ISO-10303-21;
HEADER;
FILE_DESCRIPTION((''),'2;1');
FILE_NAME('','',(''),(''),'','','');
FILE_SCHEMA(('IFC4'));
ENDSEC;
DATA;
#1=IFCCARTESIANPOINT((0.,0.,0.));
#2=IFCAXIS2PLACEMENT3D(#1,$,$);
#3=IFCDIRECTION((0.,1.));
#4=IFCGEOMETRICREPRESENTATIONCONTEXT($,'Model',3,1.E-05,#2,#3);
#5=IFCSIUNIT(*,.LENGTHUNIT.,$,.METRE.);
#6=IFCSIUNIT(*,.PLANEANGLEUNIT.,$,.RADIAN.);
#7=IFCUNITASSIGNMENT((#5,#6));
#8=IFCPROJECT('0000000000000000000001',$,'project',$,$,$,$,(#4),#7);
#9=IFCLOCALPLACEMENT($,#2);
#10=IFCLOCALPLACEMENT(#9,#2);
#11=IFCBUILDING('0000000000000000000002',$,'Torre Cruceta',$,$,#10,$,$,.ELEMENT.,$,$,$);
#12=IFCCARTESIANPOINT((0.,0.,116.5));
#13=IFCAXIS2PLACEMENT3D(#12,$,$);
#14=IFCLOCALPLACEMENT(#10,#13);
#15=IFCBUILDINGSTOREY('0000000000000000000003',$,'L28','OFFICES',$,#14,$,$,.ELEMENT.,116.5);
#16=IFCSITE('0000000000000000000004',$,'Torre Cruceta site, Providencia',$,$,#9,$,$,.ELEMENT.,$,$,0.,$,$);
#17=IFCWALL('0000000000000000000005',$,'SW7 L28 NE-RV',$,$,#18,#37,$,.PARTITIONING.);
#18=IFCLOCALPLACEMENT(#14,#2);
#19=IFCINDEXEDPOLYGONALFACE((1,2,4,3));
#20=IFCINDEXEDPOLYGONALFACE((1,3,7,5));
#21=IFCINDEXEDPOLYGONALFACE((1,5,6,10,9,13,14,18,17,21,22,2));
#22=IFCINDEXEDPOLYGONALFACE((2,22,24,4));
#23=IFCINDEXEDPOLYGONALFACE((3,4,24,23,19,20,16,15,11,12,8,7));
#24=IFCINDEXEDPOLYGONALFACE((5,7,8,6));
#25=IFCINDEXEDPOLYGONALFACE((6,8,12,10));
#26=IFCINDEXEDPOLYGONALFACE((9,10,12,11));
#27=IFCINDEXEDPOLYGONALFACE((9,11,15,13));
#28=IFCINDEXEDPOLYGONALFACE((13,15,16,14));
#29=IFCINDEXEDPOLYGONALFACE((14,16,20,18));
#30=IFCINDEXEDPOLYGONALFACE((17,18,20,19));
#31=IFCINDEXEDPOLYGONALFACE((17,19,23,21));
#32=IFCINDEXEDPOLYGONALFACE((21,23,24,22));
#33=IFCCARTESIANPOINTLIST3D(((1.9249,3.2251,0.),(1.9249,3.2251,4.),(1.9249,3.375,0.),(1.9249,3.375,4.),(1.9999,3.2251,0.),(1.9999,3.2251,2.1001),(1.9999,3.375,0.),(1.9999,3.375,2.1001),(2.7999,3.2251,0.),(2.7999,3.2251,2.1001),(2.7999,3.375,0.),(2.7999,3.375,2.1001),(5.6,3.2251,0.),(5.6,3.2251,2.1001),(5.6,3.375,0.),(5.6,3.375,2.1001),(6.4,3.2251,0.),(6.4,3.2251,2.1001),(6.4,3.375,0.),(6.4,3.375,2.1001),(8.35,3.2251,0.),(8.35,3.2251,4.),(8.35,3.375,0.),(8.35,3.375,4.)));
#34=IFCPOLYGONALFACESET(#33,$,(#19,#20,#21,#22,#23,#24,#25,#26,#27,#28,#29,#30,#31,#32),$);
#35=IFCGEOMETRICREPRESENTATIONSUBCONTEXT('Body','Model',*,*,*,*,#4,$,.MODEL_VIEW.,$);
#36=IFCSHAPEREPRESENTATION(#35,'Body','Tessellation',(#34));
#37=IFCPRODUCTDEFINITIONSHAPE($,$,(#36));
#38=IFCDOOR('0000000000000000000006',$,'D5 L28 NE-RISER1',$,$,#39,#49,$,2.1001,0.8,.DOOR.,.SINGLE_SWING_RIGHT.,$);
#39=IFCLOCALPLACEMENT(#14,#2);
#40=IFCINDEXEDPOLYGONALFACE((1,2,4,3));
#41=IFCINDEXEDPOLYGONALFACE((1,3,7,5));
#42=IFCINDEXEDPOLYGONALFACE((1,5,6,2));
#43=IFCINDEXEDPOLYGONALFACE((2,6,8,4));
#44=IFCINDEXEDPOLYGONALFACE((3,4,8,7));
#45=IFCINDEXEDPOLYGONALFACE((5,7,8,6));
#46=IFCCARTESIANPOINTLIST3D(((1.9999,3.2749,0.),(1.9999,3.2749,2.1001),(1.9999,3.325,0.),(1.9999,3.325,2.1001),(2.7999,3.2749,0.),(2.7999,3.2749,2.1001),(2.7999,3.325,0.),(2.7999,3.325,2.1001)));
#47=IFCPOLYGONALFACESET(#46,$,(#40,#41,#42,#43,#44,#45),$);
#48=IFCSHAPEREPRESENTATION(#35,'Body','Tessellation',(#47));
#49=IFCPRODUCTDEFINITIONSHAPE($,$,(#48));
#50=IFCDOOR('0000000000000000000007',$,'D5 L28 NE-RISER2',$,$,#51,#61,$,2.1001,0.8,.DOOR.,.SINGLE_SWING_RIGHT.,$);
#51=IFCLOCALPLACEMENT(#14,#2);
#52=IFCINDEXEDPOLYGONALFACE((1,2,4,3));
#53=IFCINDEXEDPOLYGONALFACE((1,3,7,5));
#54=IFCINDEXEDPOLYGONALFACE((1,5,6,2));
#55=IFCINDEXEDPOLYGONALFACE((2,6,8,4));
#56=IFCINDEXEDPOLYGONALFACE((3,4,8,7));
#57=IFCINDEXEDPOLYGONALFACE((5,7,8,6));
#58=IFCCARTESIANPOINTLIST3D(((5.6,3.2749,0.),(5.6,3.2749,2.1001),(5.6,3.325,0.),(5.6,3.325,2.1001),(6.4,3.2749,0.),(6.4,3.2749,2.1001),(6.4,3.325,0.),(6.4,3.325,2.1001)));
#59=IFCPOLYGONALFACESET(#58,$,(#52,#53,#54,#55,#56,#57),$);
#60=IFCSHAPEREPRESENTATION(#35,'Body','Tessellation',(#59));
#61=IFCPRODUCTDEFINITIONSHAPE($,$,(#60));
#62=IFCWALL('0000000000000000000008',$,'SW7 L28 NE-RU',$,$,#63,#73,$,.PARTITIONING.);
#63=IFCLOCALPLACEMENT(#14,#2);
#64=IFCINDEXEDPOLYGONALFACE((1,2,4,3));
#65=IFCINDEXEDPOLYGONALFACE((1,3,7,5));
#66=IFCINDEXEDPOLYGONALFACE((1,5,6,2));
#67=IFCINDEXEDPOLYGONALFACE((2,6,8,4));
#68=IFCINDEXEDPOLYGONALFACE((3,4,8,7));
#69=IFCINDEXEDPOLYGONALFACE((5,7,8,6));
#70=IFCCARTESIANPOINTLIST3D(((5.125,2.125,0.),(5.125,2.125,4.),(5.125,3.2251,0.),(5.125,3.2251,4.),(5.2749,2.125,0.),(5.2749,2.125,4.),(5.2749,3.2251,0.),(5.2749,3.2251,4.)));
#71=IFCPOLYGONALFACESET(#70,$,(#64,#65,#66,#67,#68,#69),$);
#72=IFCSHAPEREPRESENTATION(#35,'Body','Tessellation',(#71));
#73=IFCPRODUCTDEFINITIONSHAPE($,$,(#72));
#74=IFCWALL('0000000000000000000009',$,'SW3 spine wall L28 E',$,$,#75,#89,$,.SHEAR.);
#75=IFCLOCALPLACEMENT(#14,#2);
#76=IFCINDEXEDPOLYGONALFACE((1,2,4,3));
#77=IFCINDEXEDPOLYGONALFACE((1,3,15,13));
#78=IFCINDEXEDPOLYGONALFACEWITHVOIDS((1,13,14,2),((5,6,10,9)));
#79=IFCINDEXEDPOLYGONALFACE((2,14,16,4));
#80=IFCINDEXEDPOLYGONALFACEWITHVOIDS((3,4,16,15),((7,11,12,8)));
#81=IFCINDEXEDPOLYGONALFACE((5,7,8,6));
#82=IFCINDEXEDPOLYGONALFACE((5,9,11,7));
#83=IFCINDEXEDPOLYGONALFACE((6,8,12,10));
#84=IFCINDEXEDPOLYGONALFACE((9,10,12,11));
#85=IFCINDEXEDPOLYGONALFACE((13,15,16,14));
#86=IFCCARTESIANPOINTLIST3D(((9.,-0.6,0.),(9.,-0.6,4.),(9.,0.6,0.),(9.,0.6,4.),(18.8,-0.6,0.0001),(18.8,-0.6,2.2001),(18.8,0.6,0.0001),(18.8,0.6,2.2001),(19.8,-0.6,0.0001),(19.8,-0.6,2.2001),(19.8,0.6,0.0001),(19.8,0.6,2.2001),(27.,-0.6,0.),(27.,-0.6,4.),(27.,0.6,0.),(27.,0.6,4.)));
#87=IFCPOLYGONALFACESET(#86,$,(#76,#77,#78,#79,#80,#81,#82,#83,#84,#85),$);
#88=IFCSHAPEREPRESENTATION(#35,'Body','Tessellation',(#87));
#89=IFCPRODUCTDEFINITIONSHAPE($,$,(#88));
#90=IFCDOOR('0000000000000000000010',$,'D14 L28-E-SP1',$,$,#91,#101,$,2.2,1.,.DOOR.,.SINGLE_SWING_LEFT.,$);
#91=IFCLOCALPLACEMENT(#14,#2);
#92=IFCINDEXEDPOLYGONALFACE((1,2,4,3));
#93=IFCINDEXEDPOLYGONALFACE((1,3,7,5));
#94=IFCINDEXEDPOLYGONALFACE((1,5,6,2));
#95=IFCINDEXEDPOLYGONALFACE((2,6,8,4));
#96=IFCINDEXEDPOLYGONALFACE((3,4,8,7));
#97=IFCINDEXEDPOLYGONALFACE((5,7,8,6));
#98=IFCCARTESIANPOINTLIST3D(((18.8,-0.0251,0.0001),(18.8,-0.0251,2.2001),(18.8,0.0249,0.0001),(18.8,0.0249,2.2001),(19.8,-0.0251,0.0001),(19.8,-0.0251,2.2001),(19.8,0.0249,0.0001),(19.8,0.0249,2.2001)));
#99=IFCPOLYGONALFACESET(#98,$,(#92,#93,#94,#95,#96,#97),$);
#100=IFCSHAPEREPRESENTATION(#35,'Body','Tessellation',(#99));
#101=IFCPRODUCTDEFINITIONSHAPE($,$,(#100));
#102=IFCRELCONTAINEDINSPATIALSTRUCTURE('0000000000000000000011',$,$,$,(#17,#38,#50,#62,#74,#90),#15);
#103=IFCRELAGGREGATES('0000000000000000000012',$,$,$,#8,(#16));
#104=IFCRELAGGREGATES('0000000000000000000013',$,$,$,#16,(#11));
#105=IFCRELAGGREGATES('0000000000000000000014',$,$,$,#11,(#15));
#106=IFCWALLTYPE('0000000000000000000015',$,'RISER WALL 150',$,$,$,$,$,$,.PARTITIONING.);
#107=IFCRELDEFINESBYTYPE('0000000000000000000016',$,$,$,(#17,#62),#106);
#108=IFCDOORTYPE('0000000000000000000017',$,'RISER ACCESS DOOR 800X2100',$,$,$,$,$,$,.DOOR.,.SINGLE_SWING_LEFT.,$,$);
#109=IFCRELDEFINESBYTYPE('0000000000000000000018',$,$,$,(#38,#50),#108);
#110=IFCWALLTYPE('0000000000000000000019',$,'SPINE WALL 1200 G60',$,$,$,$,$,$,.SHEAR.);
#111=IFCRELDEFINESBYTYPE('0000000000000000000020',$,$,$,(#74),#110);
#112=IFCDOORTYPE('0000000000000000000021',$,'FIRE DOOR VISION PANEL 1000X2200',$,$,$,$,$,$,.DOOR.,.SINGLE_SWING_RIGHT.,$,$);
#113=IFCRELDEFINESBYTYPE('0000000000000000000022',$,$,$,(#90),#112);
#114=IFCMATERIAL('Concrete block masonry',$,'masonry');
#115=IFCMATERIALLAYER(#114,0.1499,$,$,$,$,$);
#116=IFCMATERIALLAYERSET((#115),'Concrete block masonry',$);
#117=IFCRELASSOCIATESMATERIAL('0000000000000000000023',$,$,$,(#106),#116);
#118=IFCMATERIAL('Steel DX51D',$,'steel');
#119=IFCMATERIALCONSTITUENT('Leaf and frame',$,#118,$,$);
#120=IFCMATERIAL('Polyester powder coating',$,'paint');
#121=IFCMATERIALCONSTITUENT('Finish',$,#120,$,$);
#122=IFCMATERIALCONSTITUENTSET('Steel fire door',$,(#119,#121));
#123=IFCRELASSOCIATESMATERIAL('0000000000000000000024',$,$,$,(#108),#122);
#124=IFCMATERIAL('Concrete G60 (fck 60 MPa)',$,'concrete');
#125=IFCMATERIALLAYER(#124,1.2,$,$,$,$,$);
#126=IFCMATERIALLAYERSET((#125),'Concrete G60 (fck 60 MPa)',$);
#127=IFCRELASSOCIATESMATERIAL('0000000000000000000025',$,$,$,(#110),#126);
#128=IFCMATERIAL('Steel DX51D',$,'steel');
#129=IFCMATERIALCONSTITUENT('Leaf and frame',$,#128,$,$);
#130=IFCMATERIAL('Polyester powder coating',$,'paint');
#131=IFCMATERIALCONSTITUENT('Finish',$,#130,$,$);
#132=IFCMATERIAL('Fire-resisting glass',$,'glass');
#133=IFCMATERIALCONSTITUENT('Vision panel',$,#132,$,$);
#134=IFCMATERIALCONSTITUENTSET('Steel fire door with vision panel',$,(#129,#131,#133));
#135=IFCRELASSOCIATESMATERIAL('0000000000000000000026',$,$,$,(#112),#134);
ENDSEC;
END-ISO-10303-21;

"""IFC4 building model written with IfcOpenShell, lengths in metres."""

from ifc_helpers import new_model, si_unit, direction, frame, frame_2d, origin, place, context, subcontext, project, spatial, rectangle, extrude, material, layer, layer_set, constituent, constituent_set, type_object, element, fill, save


model = new_model("IFC4")

# Units and contexts
model_context = context("Model", 3, precision=1e-05, world=origin(), true_north=direction((0.0, 1.0)))
body_context = subcontext(model_context, "Body", "Model", "MODEL_VIEW")
ifc_project = project(units=[si_unit("LENGTHUNIT", "METRE"), si_unit("PLANEANGLEUNIT", "RADIAN")], contexts=[model_context])

# Site, building, storey
site_placement = place(None, origin())
site = spatial("IfcSite", under=ifc_project, at=site_placement, Name="Torre Cruceta site, Providencia", CompositionType="ELEMENT", RefElevation=0.0)
building_placement = place(site_placement, origin())
building = spatial("IfcBuilding", under=site, at=building_placement, Name="Torre Cruceta", CompositionType="ELEMENT")
storey_placement = place(building_placement, frame((0.0, 0.0, 116.5)))
storey = spatial("IfcBuildingStorey", under=building, at=storey_placement, Name="L28", Description="OFFICES", CompositionType="ELEMENT", Elevation=116.5)

# Wall, openings, doors
ifc_material_1 = material(Name="Concrete block masonry", Category="masonry")
ifc_layer_1 = layer(ifc_material_1, 0.1499)
ifc_layer_set_1 = layer_set([ifc_layer_1], Name="Concrete block masonry")
wall_type_1 = type_object("IfcWallType", Name="RISER WALL 150", PredefinedType="PARTITIONING", material=ifc_layer_set_1)
wall_1_placement = place(storey_placement, frame((1.925, 3.3, 0.0), z_axis=(0.0, 0.0, 1.0), x_axis=(1.0, 0.0, 0.0)))
wall_1 = element("IfcWall", 1, at=wall_1_placement, inside=storey, type_object=wall_type_1, Name="SW7 L28 NE-RV", PredefinedType="PARTITIONING", context=body_context, shape_type="SweptSolid", body=[
    extrude(rectangle(XDim=6.425, YDim=0.1499, at=frame_2d((3.2124, 0.0))), origin(), (0.0, 0.0, 1.0), 4.0),
])
opening_1_placement = place(wall_1_placement, frame((0.075, 0.0, 0.0)))
opening_1 = element("IfcOpeningElement", 2, at=opening_1_placement, cuts=wall_1, PredefinedType="OPENING", context=body_context, shape_type="SweptSolid", body=[
    extrude(rectangle(XDim=0.8, YDim=2.1001, at=frame_2d((0.3999, 1.05))), frame((0.0, 0.085, 0.0), z_axis=(0.0, -1.0, 0.0), x_axis=(1.0, 0.0, 0.0)), (0.0, 0.0, 1.0), 0.1699),
])
opening_2_placement = place(wall_1_placement, frame((3.675, 0.0, 0.0)))
opening_2 = element("IfcOpeningElement", 3, at=opening_2_placement, cuts=wall_1, PredefinedType="OPENING", context=body_context, shape_type="SweptSolid", body=[
    extrude(rectangle(XDim=0.8, YDim=2.1001, at=frame_2d((0.3999, 1.05))), frame((0.0, 0.085, 0.0), z_axis=(0.0, -1.0, 0.0), x_axis=(1.0, 0.0, 0.0)), (0.0, 0.0, 1.0), 0.1699),
])
ifc_material_2 = material(Name="Steel DX51D", Category="steel")
ifc_constituent_1 = constituent(ifc_material_2, Name="Leaf and frame")
ifc_material_3 = material(Name="Polyester powder coating", Category="paint")
ifc_constituent_2 = constituent(ifc_material_3, Name="Finish")
ifc_constituent_set_1 = constituent_set(constituents=[ifc_constituent_1, ifc_constituent_2], Name="Steel fire door")
door_type_1 = type_object("IfcDoorType", Name="RISER ACCESS DOOR 800X2100", OperationType="SINGLE_SWING_LEFT", PredefinedType="DOOR", material=ifc_constituent_set_1)
door_1_placement = place(opening_1_placement, frame((0.8, 0.0, 0.0), z_axis=(0.0, 0.0, 1.0), x_axis=(-1.0, 0.0, 0.0)))
door_1 = element("IfcDoor", 4, at=door_1_placement, inside=storey, type_object=door_type_1, Name="D5 L28 NE-RISER1", OperationType="SINGLE_SWING_RIGHT", OverallHeight=2.1001, OverallWidth=0.8, PredefinedType="DOOR", context=body_context, shape_type="SweptSolid", body=[
    extrude(rectangle(XDim=0.8, YDim=2.1001, at=frame_2d((0.4001, 1.05))), frame((0.0, 0.0251, 0.0), z_axis=(0.0, -1.0, 0.0), x_axis=(1.0, 0.0, 0.0)), (0.0, 0.0, 1.0), 0.05),
])
fill(opening_1, door_1)
door_2_placement = place(opening_2_placement, frame((0.8, 0.0, 0.0), z_axis=(0.0, 0.0, 1.0), x_axis=(-1.0, 0.0, 0.0)))
door_2 = element("IfcDoor", 5, at=door_2_placement, inside=storey, type_object=door_type_1, Name="D5 L28 NE-RISER2", OperationType="SINGLE_SWING_RIGHT", OverallHeight=2.1001, OverallWidth=0.8, PredefinedType="DOOR", context=body_context, shape_type="SweptSolid", body=[
    extrude(rectangle(XDim=0.8, YDim=2.1001, at=frame_2d((0.4001, 1.05))), frame((0.0, 0.0251, 0.0), z_axis=(0.0, -1.0, 0.0), x_axis=(1.0, 0.0, 0.0)), (0.0, 0.0, 1.0), 0.05),
])
fill(opening_2, door_2)

# Wall
wall_2_placement = place(storey_placement, frame((5.2, 2.125, 0.0), z_axis=(0.0, 0.0, 1.0), x_axis=(0.0, 1.0, 0.0)))
element("IfcWall", 6, at=wall_2_placement, inside=storey, type_object=wall_type_1, Name="SW7 L28 NE-RU", PredefinedType="PARTITIONING", context=body_context, shape_type="SweptSolid", body=[
    extrude(rectangle(XDim=1.1001, YDim=0.1499, at=frame_2d((0.55, 0.0))), origin(), (0.0, 0.0, 1.0), 4.0),
])

# Wall, opening, door
ifc_material_4 = material(Name="Concrete G60 (fck 60 MPa)", Category="concrete")
ifc_layer_2 = layer(ifc_material_4, 1.2)
ifc_layer_set_2 = layer_set([ifc_layer_2], Name="Concrete G60 (fck 60 MPa)")
wall_type_2 = type_object("IfcWallType", Name="SPINE WALL 1200 G60", PredefinedType="SHEAR", material=ifc_layer_set_2)
wall_3_placement = place(storey_placement, frame((9.0, 0.0, 0.0), z_axis=(0.0, 0.0, 1.0), x_axis=(1.0, 0.0, 0.0)))
wall_3 = element("IfcWall", 7, at=wall_3_placement, inside=storey, type_object=wall_type_2, Name="SW3 spine wall L28 E", PredefinedType="SHEAR", context=body_context, shape_type="SweptSolid", body=[
    extrude(rectangle(XDim=18.0, YDim=1.2, at=frame_2d((9.0, 0.0))), origin(), (0.0, 0.0, 1.0), 4.0),
])
opening_3_placement = place(wall_3_placement, frame((9.8, 0.0, 0.0)))
opening_3 = element("IfcOpeningElement", 8, at=opening_3_placement, cuts=wall_3, PredefinedType="OPENING", context=body_context, shape_type="SweptSolid", body=[
    extrude(rectangle(XDim=1.0, YDim=2.2, at=frame_2d((0.5, 1.1001))), frame((0.0, 0.6099, 0.0), z_axis=(0.0, -1.0, 0.0), x_axis=(1.0, 0.0, 0.0)), (0.0, 0.0, 1.0), 1.22),
])
ifc_material_5 = material(Name="Steel DX51D", Category="steel")
ifc_constituent_3 = constituent(ifc_material_5, Name="Leaf and frame")
ifc_material_6 = material(Name="Polyester powder coating", Category="paint")
ifc_constituent_4 = constituent(ifc_material_6, Name="Finish")
ifc_material_7 = material(Name="Fire-resisting glass", Category="glass")
ifc_constituent_5 = constituent(ifc_material_7, Name="Vision panel")
ifc_constituent_set_2 = constituent_set(constituents=[ifc_constituent_3, ifc_constituent_4, ifc_constituent_5], Name="Steel fire door with vision panel")
door_type_2 = type_object("IfcDoorType", Name="FIRE DOOR VISION PANEL 1000X2200", OperationType="SINGLE_SWING_RIGHT", PredefinedType="DOOR", material=ifc_constituent_set_2)
door_3_placement = place(opening_3_placement, frame((1.0, 0.0, 0.0), z_axis=(0.0, 0.0, 1.0), x_axis=(-1.0, 0.0, 0.0)))
door_3 = element("IfcDoor", 9, at=door_3_placement, inside=storey, type_object=door_type_2, Name="D14 L28-E-SP1", OperationType="SINGLE_SWING_LEFT", OverallHeight=2.2, OverallWidth=1.0, PredefinedType="DOOR", context=body_context, shape_type="SweptSolid", body=[
    extrude(rectangle(XDim=1.0, YDim=2.2, at=frame_2d((0.5, 1.1001))), frame((0.0, 0.0251, 0.0), z_axis=(0.0, -1.0, 0.0), x_axis=(1.0, 0.0, 0.0)), (0.0, 0.0, 1.0), 0.05),
])
fill(opening_3, door_3)

save(model, "model.ifc")
